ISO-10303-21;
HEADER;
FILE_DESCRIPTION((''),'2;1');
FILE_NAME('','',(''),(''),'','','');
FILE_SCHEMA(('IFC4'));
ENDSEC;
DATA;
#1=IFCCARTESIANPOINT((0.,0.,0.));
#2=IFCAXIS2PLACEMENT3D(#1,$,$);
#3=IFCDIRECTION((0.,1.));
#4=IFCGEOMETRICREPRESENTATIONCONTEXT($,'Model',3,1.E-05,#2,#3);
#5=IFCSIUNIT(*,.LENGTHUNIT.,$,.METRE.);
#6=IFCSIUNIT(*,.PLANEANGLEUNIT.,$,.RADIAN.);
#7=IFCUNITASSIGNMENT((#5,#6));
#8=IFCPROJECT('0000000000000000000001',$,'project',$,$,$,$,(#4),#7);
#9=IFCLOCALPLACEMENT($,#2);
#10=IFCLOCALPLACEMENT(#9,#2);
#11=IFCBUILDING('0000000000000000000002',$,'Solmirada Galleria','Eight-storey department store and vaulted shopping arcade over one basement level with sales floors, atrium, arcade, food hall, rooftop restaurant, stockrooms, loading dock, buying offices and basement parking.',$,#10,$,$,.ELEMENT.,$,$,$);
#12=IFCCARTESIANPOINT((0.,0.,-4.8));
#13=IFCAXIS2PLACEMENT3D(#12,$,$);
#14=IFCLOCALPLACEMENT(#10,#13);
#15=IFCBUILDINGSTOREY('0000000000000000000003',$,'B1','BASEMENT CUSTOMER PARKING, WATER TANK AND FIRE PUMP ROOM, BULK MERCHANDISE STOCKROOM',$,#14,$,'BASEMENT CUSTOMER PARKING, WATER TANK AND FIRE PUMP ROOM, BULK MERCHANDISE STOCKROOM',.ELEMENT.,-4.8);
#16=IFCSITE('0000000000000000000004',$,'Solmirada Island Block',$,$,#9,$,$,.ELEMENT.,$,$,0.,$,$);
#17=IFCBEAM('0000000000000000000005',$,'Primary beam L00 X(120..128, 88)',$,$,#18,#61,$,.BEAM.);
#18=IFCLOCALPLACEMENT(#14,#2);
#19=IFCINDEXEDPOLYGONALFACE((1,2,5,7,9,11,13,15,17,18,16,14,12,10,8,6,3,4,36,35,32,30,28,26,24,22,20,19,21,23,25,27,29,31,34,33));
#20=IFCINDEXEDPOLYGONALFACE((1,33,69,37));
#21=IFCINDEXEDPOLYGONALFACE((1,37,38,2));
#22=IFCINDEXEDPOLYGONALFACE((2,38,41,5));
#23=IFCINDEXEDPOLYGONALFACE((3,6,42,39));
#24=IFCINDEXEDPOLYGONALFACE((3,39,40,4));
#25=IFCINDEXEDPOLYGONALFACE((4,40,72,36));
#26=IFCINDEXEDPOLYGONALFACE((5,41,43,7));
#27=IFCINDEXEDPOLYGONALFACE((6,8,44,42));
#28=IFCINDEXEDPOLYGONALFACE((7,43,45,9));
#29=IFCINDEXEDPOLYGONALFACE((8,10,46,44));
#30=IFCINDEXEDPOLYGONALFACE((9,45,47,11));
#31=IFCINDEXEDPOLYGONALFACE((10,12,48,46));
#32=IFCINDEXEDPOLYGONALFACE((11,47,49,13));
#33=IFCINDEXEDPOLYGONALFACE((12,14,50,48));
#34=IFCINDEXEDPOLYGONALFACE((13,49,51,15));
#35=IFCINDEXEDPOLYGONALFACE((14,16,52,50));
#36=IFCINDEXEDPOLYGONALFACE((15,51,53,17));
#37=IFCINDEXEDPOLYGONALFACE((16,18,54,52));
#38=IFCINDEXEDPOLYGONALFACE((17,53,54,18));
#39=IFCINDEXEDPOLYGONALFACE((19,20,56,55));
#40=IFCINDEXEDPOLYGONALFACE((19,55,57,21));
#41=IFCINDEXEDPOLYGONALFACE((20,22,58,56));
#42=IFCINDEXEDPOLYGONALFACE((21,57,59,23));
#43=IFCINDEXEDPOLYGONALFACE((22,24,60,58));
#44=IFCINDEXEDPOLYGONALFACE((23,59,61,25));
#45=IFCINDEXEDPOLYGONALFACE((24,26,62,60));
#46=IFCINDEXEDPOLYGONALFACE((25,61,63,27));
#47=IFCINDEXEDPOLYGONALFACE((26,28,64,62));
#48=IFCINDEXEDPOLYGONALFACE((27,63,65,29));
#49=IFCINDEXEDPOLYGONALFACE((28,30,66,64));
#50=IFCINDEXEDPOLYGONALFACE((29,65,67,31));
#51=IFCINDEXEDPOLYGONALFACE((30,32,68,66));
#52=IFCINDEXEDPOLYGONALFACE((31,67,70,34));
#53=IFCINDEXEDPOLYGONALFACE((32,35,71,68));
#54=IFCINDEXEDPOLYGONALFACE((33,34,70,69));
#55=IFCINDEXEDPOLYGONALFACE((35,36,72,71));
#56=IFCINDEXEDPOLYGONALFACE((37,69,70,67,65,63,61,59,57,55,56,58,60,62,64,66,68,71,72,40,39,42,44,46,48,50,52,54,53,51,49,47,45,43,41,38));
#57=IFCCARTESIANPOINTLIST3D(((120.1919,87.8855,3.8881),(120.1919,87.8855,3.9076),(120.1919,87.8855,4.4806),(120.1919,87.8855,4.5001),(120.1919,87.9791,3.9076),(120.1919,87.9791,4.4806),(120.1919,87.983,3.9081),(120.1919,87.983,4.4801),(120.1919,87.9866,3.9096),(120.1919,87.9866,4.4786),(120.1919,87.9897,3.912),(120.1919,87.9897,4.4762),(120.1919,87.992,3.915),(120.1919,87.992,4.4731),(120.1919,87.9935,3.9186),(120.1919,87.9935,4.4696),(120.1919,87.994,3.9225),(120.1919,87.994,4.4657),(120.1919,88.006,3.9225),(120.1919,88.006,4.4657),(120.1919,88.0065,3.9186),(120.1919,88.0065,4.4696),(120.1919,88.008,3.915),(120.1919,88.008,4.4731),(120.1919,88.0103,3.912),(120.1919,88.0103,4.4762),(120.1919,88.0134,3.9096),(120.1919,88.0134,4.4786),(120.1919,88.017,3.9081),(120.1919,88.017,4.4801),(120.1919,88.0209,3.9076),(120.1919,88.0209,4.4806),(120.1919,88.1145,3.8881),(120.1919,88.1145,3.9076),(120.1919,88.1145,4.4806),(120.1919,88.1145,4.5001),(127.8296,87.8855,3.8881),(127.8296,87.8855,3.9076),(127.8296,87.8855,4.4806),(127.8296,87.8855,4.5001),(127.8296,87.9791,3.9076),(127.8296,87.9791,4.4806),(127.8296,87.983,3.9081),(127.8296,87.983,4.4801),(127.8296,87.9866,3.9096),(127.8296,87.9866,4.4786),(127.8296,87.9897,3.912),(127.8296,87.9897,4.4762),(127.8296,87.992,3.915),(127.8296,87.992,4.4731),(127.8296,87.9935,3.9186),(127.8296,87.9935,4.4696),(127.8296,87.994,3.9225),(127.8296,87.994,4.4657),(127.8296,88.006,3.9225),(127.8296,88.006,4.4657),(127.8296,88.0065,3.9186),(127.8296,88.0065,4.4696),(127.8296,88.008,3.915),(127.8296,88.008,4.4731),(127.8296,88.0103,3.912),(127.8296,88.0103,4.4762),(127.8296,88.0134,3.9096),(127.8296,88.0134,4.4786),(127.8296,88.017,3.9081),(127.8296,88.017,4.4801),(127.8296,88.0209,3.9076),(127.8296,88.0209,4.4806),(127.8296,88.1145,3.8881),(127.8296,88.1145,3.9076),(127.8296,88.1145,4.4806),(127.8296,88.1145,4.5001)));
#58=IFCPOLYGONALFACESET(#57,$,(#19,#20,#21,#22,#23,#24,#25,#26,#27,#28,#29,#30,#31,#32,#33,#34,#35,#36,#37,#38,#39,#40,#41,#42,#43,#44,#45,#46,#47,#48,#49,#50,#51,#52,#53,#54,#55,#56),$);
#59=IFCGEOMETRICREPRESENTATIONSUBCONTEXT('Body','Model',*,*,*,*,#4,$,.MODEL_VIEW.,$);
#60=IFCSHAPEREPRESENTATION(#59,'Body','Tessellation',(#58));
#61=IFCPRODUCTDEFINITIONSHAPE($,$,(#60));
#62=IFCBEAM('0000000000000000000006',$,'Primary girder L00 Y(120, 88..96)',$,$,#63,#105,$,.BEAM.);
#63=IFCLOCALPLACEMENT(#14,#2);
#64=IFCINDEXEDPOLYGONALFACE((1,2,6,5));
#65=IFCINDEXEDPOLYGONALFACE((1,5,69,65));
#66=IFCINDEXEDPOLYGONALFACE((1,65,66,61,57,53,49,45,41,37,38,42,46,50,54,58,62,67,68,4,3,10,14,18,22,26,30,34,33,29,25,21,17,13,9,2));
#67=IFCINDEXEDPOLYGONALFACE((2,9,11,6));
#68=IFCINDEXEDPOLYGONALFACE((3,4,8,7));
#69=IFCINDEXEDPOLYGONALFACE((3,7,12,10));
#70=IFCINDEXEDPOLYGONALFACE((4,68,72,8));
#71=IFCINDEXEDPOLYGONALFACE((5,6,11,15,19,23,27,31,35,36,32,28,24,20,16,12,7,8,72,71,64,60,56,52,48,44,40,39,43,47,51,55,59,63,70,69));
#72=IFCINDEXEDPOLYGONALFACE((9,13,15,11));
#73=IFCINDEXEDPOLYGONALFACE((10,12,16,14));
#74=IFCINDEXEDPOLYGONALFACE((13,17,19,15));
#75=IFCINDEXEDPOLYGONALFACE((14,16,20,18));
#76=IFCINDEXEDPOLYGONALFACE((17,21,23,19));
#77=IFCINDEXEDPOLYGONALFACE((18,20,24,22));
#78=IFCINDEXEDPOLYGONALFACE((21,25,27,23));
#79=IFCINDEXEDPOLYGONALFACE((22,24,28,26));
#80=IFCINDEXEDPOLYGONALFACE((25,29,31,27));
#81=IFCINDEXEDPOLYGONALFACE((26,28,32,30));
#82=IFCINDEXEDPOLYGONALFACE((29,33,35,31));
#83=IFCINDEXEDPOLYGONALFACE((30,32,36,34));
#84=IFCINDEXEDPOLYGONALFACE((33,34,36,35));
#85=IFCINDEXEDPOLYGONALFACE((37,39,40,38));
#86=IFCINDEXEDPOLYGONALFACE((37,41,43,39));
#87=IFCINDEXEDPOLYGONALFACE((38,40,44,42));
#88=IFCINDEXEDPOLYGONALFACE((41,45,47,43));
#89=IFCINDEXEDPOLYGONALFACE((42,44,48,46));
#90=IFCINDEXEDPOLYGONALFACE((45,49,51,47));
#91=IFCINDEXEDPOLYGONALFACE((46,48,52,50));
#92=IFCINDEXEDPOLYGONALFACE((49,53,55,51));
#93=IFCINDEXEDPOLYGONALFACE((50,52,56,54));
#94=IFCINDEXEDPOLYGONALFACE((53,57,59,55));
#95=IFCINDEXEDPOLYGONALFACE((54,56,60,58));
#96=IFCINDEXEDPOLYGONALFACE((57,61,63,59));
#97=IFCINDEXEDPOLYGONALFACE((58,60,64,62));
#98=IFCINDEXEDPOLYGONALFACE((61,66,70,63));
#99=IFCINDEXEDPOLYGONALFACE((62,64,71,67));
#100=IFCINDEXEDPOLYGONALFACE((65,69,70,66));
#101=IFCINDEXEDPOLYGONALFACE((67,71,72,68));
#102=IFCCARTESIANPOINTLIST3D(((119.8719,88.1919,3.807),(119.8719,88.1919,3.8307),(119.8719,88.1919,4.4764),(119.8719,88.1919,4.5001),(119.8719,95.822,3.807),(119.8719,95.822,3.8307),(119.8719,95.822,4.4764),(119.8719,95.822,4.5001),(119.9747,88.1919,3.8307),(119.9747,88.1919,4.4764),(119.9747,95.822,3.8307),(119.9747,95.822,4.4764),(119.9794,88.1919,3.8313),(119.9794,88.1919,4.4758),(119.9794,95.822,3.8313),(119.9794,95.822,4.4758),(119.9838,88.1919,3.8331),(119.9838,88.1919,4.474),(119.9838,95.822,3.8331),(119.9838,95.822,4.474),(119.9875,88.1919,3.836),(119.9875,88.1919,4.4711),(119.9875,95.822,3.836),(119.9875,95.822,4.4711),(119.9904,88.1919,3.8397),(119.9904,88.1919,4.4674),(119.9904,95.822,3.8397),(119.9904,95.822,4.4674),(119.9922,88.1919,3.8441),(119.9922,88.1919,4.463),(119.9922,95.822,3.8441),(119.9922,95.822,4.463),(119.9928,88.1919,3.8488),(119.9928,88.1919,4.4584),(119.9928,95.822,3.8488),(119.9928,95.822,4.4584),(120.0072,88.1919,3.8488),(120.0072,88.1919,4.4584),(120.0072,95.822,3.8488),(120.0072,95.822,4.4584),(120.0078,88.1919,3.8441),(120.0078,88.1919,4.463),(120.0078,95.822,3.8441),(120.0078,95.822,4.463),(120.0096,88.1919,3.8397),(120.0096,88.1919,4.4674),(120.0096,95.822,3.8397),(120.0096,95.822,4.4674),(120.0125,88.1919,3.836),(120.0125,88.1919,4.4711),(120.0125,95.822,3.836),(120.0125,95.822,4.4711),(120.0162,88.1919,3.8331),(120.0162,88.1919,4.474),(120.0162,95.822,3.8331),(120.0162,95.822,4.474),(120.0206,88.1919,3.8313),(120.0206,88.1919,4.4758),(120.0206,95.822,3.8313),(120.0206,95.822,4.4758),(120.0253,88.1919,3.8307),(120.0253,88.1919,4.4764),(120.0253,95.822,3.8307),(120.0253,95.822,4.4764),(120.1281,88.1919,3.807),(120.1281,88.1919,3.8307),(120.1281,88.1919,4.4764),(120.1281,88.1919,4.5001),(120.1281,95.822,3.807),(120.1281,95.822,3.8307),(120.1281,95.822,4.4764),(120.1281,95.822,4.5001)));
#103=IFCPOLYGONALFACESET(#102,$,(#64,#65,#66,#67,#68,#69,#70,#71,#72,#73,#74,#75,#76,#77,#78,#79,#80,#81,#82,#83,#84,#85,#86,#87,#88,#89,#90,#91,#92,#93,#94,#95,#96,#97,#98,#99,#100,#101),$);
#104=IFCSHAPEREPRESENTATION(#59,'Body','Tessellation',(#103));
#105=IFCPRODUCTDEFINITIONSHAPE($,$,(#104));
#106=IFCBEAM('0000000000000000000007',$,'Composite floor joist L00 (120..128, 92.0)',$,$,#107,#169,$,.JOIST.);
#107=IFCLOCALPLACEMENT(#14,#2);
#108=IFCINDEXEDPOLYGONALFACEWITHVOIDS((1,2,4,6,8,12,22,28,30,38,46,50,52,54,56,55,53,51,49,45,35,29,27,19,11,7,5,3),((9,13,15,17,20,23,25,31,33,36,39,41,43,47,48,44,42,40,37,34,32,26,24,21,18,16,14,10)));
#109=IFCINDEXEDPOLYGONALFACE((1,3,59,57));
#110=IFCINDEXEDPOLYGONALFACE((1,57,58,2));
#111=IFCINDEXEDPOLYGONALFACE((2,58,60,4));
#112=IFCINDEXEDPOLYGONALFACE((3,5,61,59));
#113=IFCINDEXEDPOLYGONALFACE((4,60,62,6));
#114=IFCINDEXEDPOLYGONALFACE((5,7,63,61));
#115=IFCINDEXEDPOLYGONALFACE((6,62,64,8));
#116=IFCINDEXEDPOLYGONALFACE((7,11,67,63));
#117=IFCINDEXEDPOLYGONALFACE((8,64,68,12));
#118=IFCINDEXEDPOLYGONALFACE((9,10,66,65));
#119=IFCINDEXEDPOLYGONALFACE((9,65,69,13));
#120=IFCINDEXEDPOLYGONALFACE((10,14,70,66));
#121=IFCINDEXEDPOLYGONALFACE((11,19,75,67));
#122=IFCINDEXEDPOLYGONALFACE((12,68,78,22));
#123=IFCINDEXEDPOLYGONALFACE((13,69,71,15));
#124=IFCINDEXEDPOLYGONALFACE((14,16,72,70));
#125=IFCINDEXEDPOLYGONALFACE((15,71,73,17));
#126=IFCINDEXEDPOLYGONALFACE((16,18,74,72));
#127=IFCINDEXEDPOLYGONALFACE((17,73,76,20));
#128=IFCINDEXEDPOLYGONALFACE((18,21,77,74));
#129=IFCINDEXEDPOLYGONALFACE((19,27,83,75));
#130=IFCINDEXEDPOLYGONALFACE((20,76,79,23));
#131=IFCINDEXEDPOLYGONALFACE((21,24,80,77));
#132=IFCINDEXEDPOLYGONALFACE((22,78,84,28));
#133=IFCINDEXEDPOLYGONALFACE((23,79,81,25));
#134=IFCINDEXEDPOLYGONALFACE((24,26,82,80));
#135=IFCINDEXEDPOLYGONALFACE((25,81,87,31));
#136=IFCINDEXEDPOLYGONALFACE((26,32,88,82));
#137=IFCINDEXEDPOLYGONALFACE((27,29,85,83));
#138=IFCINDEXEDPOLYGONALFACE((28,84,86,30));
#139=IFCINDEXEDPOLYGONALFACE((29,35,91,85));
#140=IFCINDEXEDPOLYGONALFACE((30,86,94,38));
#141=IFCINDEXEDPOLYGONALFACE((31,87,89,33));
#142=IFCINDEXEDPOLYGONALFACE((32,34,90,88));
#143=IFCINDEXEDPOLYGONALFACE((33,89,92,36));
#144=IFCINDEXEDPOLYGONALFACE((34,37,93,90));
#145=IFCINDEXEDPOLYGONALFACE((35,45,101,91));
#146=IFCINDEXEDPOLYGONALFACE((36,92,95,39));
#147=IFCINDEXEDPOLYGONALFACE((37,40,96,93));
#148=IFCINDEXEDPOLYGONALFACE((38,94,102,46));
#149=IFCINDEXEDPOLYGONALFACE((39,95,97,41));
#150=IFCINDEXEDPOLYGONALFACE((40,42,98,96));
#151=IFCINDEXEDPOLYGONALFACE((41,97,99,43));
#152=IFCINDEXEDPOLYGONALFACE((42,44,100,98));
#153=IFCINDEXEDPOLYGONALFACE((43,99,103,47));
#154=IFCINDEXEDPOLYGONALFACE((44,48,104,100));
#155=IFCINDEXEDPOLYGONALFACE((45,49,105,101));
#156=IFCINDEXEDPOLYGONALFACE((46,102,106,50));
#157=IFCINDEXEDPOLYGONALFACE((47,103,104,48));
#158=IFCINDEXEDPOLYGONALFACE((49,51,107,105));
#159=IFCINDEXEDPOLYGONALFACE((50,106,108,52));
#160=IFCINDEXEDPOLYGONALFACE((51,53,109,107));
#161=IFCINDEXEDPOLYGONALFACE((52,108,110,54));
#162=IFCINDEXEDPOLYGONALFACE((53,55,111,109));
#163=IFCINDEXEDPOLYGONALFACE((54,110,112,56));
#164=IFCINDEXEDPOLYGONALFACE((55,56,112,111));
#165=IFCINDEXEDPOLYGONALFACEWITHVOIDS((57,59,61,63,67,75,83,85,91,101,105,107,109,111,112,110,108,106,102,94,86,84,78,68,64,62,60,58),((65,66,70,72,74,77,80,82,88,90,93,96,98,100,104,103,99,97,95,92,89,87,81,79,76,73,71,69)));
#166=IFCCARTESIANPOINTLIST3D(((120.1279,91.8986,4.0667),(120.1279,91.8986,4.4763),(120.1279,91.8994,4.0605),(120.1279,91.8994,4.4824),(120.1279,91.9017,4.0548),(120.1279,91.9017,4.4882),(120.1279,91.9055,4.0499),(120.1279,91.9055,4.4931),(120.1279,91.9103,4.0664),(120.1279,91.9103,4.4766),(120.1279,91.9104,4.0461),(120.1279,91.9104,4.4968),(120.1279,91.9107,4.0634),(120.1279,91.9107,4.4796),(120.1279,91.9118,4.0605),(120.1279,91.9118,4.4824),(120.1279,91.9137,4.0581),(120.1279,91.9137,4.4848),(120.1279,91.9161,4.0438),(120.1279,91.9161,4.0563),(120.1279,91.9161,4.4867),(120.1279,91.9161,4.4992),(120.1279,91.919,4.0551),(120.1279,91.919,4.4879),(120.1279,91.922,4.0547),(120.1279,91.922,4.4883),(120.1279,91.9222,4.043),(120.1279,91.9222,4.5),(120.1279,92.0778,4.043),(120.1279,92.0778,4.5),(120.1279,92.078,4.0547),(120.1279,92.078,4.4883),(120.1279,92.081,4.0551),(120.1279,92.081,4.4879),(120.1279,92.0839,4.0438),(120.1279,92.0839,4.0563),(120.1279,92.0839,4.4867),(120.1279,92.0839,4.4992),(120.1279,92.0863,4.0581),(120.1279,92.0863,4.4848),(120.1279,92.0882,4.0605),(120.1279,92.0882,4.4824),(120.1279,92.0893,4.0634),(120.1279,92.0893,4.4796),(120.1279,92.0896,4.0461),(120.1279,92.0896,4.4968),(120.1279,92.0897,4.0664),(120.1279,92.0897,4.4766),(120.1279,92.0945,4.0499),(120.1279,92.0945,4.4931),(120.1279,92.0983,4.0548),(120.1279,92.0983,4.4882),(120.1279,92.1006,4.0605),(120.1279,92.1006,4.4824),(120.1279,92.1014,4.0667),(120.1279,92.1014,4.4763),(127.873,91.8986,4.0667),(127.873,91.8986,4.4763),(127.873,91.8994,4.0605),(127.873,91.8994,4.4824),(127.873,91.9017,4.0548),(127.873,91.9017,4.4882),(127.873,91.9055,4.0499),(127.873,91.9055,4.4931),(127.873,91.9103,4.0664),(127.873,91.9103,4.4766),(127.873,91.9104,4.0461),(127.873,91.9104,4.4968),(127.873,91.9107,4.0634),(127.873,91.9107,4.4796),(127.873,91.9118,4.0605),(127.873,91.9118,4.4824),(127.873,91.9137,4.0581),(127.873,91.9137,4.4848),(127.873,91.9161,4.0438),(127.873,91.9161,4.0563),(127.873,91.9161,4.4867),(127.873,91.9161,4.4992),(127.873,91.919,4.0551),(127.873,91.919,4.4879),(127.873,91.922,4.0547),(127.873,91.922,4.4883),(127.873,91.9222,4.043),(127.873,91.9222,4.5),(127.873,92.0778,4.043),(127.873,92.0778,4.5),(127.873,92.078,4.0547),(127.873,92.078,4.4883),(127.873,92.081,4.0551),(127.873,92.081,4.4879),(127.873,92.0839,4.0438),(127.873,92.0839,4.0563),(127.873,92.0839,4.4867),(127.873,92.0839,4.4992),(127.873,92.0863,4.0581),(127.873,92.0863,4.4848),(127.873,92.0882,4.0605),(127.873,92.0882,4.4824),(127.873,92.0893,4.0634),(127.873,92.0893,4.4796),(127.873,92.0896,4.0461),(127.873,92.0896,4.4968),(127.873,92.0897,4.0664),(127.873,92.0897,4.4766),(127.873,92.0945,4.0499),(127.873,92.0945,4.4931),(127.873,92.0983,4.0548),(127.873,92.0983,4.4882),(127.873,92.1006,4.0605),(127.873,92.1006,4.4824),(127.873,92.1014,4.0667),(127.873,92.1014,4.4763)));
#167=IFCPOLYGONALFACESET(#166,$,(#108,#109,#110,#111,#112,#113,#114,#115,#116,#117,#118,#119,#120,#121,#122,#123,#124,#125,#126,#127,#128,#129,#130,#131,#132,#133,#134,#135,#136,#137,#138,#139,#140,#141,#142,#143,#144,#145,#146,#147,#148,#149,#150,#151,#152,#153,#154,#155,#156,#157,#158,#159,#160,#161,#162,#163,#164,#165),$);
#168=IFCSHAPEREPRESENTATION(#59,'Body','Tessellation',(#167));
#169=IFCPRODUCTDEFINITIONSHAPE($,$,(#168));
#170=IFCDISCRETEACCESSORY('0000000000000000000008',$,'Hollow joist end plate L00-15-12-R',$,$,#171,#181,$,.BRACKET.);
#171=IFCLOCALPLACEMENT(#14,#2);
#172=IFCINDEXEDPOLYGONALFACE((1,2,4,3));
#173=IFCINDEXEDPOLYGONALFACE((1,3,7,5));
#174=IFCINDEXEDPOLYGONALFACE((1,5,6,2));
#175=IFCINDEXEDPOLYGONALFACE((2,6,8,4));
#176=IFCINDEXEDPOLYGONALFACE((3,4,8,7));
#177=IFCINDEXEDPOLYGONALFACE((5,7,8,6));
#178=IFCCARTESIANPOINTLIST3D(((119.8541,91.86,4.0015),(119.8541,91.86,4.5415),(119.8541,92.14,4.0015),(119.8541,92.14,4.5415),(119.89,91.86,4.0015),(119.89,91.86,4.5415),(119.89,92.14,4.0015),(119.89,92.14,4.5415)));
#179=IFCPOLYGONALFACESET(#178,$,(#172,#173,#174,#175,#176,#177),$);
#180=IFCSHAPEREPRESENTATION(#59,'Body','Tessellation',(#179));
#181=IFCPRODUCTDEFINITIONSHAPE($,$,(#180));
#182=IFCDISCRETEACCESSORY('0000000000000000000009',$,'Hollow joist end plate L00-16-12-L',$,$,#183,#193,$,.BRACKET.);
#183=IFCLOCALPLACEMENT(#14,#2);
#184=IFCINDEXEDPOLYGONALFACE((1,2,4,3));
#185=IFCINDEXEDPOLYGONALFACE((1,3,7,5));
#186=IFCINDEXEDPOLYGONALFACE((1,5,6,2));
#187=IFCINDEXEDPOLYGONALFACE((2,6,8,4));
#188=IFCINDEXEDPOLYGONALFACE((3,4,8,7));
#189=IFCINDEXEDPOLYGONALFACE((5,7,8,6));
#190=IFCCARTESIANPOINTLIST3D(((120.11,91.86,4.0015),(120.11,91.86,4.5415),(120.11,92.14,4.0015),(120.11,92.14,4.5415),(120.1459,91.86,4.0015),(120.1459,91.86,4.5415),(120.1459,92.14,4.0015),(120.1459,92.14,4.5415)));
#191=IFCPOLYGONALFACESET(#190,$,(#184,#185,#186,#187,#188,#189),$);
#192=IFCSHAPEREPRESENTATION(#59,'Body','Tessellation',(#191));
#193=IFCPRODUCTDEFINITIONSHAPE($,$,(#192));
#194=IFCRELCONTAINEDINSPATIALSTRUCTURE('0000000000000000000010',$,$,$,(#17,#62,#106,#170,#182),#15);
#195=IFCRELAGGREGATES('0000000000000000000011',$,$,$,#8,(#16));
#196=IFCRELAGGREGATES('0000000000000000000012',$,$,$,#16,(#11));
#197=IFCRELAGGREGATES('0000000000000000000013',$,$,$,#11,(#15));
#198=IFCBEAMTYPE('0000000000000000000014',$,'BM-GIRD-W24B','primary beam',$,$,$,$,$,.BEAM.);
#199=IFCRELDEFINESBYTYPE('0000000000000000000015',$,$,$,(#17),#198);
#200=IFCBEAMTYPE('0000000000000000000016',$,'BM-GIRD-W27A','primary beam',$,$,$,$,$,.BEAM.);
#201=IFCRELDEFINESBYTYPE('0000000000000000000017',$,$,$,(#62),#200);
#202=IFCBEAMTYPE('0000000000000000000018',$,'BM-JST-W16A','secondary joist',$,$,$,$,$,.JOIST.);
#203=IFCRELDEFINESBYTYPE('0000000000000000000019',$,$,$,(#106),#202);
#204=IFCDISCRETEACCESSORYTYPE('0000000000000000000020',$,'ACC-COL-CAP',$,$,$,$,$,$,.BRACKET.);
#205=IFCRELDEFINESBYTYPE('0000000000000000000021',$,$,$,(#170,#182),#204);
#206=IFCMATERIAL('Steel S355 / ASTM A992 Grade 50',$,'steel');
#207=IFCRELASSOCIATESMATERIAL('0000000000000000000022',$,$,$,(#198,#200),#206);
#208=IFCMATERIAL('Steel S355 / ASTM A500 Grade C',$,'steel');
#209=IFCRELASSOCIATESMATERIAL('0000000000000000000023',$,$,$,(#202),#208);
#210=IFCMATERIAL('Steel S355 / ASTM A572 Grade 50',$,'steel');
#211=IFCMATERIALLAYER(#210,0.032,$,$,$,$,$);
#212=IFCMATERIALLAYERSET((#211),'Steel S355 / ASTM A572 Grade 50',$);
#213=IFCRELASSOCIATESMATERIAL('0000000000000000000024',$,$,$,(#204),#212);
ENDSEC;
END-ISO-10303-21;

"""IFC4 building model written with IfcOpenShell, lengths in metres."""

from ifc_helpers import new_model, si_unit, direction, frame, origin, origin_2d, place, context, subcontext, project, spatial, rectangle, hollow_rectangle, i_section, extrude, material, layer, layer_set, material_profile, profile_set, type_object, element, save


model = new_model("IFC4")

# Units and contexts
model_context = context("Model", 3, precision=1e-05, world=origin(), true_north=direction((0.0, 1.0)))
body_context = subcontext(model_context, "Body", "Model", "MODEL_VIEW")
ifc_project = project(units=[si_unit("LENGTHUNIT", "METRE"), si_unit("PLANEANGLEUNIT", "RADIAN")], contexts=[model_context])

# Site, building, storey
site_placement = place(None, origin())
site = spatial("IfcSite", under=ifc_project, at=site_placement, Name="Solmirada Island Block", CompositionType="ELEMENT", RefElevation=0.0)
building_placement = place(site_placement, origin())
building = spatial("IfcBuilding", under=site, at=building_placement, Name="Solmirada Galleria", Description="Eight-storey department store and vaulted shopping arcade over one basement level with sales floors, atrium, arcade, food hall, rooftop restaurant, stockrooms, loading dock, buying offices and basement parking.", CompositionType="ELEMENT")
storey_placement = place(building_placement, frame((0.0, 0.0, -4.8)))
storey = spatial("IfcBuildingStorey", under=building, at=storey_placement, Name="B1", Description="BASEMENT CUSTOMER PARKING, WATER TANK AND FIRE PUMP ROOM, BULK MERCHANDISE STOCKROOM", LongName="BASEMENT CUSTOMER PARKING, WATER TANK AND FIRE PUMP ROOM, BULK MERCHANDISE STOCKROOM", CompositionType="ELEMENT", Elevation=-4.8)

# Shared definitions
ifc_material_1 = material(Name="Steel S355 / ASTM A500 Grade C", Category="steel")

# Beams
ifc_material_2 = material(Name="Steel S355 / ASTM A992 Grade 50", Category="steel")
ifc_material_profile_1 = material_profile(ifc_material_2, i_section(OverallWidth=0.229, OverallDepth=0.6121, WebThickness=0.012, FlangeThickness=0.0195, FilletRadius=0.0149, at=origin_2d()), Name="W24X84")
ifc_profile_set_1 = profile_set([ifc_material_profile_1], Name="Steel S355 / ASTM A992 Grade 50")
beam_type_1 = type_object("IfcBeamType", Name="BM-GIRD-W24B", Description="primary beam", PredefinedType="BEAM", material=ifc_profile_set_1)
beam_1_placement = place(storey_placement, frame((120.1919, 88.0, 4.1941), z_axis=(1.0, 0.0, 0.0), x_axis=(0.0, 1.0, 0.0)))
element("IfcBeam", 1, at=beam_1_placement, inside=storey, type_object=beam_type_1, Name="Primary beam L00 X(120..128, 88)", PredefinedType="BEAM", context=body_context, shape_type="SweptSolid", body=[
    extrude(i_section(OverallWidth=0.229, OverallDepth=0.6121, WebThickness=0.012, FlangeThickness=0.0195, FilletRadius=0.0149, at=origin_2d()), origin(), (0.0, 0.0, 1.0), 7.6377),
])
ifc_material_profile_2 = material_profile(ifc_material_2, i_section(OverallWidth=0.2561, OverallDepth=0.6931, WebThickness=0.0144, FlangeThickness=0.0237, FilletRadius=0.0181, at=origin_2d()), Name="W27X114")
ifc_profile_set_2 = profile_set([ifc_material_profile_2], Name="Steel S355 / ASTM A992 Grade 50")
beam_type_2 = type_object("IfcBeamType", Name="BM-GIRD-W27A", Description="primary beam", PredefinedType="BEAM", material=ifc_profile_set_2)
beam_2_placement = place(storey_placement, frame((120.0, 88.1919, 4.1536), z_axis=(0.0, 1.0, 0.0), x_axis=(-1.0, 0.0, 0.0)))
element("IfcBeam", 2, at=beam_2_placement, inside=storey, type_object=beam_type_2, Name="Primary girder L00 Y(120, 88..96)", PredefinedType="BEAM", context=body_context, shape_type="SweptSolid", body=[
    extrude(i_section(OverallWidth=0.2561, OverallDepth=0.6931, WebThickness=0.0144, FlangeThickness=0.0237, FilletRadius=0.0181, at=origin_2d()), origin(), (0.0, 0.0, 1.0), 7.6301),
])
ifc_material_profile_3 = material_profile(ifc_material_1, hollow_rectangle(XDim=0.2029, YDim=0.457, WallThickness=0.0117, InnerFilletRadius=0.0117, OuterFilletRadius=0.0237, at=origin_2d()), Name="HSS18X8X1/2")
ifc_profile_set_3 = profile_set([ifc_material_profile_3], Name="Steel S355 / ASTM A500 Grade C")
beam_type_3 = type_object("IfcBeamType", Name="BM-JST-W16A", Description="secondary joist", PredefinedType="JOIST", material=ifc_profile_set_3)
beam_3_placement = place(storey_placement, frame((120.1279, 92.0, 4.2715), z_axis=(1.0, 0.0, 0.0), x_axis=(0.0, 1.0, 0.0)))
element("IfcBeam", 3, at=beam_3_placement, inside=storey, type_object=beam_type_3, Name="Composite floor joist L00 (120..128, 92.0)", PredefinedType="JOIST", context=body_context, shape_type="SweptSolid", body=[
    extrude(hollow_rectangle(XDim=0.2029, YDim=0.457, WallThickness=0.0117, InnerFilletRadius=0.0117, OuterFilletRadius=0.0237, at=origin_2d()), origin(), (0.0, 0.0, 1.0), 7.7451),
])

# Discrete accessories
ifc_material_3 = material(Name="Steel S355 / ASTM A572 Grade 50", Category="steel")
ifc_layer = layer(ifc_material_3, 0.032)
ifc_layer_set = layer_set([ifc_layer], Name="Steel S355 / ASTM A572 Grade 50")
discrete_accessory_type = type_object("IfcDiscreteAccessoryType", Name="ACC-COL-CAP", PredefinedType="BRACKET", material=ifc_layer_set)
for number, where, z_axis, x_axis, name in (
    (4, (119.8721, 92.0, 4.0015), (0.0, 0.0, 1.0), (1.0, 0.0, 0.0), "Hollow joist end plate L00-15-12-R"),
    (5, (120.1279, 92.0, 4.0015), (0.0, 0.0, 1.0), (1.0, 0.0, 0.0), "Hollow joist end plate L00-16-12-L"),
):
    element("IfcDiscreteAccessory", number, at=place(storey_placement, frame(where, z_axis=z_axis, x_axis=x_axis)), inside=storey, type_object=discrete_accessory_type, Name=name, PredefinedType="BRACKET", context=body_context, shape_type="SweptSolid", body=[
        extrude(rectangle(XDim=0.0359, YDim=0.28, at=origin_2d()), origin(), (0.0, 0.0, 1.0), 0.54),
    ])

save(model, "model.ifc")
